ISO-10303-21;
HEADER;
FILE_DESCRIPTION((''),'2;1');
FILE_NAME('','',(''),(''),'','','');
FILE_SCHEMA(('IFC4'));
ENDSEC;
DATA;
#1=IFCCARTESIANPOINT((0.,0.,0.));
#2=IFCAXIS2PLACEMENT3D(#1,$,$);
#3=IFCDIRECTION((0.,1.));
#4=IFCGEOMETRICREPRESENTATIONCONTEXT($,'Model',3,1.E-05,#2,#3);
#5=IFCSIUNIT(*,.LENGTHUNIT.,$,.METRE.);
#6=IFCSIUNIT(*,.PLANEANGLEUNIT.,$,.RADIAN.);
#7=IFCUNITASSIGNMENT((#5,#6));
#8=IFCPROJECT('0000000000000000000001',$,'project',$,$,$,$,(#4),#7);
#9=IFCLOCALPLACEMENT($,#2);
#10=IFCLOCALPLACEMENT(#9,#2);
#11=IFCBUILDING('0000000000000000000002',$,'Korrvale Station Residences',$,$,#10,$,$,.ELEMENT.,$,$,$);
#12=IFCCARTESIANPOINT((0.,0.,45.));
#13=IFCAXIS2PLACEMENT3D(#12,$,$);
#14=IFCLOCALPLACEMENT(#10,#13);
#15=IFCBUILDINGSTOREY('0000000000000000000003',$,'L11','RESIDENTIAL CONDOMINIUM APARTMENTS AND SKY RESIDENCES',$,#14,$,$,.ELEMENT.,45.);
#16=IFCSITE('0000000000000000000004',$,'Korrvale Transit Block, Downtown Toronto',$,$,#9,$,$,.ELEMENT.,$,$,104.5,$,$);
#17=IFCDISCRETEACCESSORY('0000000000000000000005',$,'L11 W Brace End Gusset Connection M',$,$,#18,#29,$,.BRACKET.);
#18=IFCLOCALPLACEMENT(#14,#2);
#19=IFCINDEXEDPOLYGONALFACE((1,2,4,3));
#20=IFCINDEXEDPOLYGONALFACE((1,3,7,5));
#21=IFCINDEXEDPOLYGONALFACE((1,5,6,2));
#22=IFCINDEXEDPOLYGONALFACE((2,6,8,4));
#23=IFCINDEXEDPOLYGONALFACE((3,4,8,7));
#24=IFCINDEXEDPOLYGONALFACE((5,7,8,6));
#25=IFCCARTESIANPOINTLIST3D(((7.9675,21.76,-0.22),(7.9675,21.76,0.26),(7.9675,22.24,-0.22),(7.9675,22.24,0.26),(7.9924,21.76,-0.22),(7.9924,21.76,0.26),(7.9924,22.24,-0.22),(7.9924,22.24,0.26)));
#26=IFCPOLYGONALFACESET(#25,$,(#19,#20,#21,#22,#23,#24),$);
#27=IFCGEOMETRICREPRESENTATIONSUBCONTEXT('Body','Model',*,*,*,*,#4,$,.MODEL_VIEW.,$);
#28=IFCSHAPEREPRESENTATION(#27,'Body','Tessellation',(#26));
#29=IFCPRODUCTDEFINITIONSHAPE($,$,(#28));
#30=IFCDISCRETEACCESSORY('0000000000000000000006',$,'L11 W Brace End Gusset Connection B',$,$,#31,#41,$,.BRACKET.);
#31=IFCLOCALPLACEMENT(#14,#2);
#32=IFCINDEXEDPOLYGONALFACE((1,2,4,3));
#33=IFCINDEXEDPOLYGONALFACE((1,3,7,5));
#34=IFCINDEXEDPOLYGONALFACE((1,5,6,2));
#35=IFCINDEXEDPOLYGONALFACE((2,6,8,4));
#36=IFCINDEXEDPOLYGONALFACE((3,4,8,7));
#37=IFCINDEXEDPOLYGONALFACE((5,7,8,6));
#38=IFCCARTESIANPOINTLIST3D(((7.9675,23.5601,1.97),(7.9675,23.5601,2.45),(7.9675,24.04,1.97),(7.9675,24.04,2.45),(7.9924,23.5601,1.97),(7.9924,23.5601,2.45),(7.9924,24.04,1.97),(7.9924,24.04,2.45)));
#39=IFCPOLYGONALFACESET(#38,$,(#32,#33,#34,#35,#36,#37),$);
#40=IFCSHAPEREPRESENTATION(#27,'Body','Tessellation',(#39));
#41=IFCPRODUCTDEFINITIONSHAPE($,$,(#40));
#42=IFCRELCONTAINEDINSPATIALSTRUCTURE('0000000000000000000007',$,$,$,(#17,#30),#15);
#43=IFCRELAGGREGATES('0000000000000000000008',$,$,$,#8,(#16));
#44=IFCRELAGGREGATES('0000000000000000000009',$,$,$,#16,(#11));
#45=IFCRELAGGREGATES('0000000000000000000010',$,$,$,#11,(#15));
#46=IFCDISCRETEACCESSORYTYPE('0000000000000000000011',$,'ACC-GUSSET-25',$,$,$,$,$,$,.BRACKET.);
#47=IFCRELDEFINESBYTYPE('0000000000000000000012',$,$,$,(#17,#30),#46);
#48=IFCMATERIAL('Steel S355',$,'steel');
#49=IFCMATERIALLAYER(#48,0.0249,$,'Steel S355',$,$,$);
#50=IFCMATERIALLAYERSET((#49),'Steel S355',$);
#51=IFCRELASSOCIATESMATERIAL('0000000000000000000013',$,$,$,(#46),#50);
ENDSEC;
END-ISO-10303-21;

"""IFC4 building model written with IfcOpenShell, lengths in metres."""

from ifc_helpers import new_model, si_unit, direction, frame, origin, origin_2d, place, context, subcontext, project, spatial, rectangle, extrude, material, layer, layer_set, type_object, element, save


model = new_model("IFC4")

# Units and contexts
model_context = context("Model", 3, precision=1e-05, world=origin(), true_north=direction((0.0, 1.0)))
body_context = subcontext(model_context, "Body", "Model", "MODEL_VIEW")
ifc_project = project(units=[si_unit("LENGTHUNIT", "METRE"), si_unit("PLANEANGLEUNIT", "RADIAN")], contexts=[model_context])

# Site, building, storey
site_placement = place(None, origin())
site = spatial("IfcSite", under=ifc_project, at=site_placement, Name="Korrvale Transit Block, Downtown Toronto", CompositionType="ELEMENT", RefElevation=104.5)
building_placement = place(site_placement, origin())
building = spatial("IfcBuilding", under=site, at=building_placement, Name="Korrvale Station Residences", CompositionType="ELEMENT")
storey_placement = place(building_placement, frame((0.0, 0.0, 45.0)))
storey = spatial("IfcBuildingStorey", under=building, at=storey_placement, Name="L11", Description="RESIDENTIAL CONDOMINIUM APARTMENTS AND SKY RESIDENCES", CompositionType="ELEMENT", Elevation=45.0)

# Shared definitions
ifc_material_1 = material(Name="Steel S355", Category="steel")

# Discrete accessories
ifc_layer_1 = layer(ifc_material_1, 0.0249, Name="Steel S355")
ifc_layer_set_1 = layer_set([ifc_layer_1], Name="Steel S355")
discrete_accessory_type = type_object("IfcDiscreteAccessoryType", Name="ACC-GUSSET-25", PredefinedType="BRACKET", material=ifc_layer_set_1)
for number, where, z_axis, x_axis, name in (
    (1, (7.98, 22.0, -0.22), (0.0, 0.0, 1.0), (0.0, 1.0, 0.0), "L11 W Brace End Gusset Connection M"),
    (2, (7.98, 23.8, 1.97), (0.0, 0.0, 1.0), (0.0, 1.0, 0.0), "L11 W Brace End Gusset Connection B"),
):
    element("IfcDiscreteAccessory", number, at=place(storey_placement, frame(where, z_axis=z_axis, x_axis=x_axis)), inside=storey, type_object=discrete_accessory_type, Name=name, PredefinedType="BRACKET", context=body_context, shape_type="SweptSolid", body=[
        extrude(rectangle(XDim=0.48, YDim=0.0249, at=origin_2d()), origin(), (0.0, 0.0, 1.0), 0.48),
    ])

save(model, "model.ifc")
